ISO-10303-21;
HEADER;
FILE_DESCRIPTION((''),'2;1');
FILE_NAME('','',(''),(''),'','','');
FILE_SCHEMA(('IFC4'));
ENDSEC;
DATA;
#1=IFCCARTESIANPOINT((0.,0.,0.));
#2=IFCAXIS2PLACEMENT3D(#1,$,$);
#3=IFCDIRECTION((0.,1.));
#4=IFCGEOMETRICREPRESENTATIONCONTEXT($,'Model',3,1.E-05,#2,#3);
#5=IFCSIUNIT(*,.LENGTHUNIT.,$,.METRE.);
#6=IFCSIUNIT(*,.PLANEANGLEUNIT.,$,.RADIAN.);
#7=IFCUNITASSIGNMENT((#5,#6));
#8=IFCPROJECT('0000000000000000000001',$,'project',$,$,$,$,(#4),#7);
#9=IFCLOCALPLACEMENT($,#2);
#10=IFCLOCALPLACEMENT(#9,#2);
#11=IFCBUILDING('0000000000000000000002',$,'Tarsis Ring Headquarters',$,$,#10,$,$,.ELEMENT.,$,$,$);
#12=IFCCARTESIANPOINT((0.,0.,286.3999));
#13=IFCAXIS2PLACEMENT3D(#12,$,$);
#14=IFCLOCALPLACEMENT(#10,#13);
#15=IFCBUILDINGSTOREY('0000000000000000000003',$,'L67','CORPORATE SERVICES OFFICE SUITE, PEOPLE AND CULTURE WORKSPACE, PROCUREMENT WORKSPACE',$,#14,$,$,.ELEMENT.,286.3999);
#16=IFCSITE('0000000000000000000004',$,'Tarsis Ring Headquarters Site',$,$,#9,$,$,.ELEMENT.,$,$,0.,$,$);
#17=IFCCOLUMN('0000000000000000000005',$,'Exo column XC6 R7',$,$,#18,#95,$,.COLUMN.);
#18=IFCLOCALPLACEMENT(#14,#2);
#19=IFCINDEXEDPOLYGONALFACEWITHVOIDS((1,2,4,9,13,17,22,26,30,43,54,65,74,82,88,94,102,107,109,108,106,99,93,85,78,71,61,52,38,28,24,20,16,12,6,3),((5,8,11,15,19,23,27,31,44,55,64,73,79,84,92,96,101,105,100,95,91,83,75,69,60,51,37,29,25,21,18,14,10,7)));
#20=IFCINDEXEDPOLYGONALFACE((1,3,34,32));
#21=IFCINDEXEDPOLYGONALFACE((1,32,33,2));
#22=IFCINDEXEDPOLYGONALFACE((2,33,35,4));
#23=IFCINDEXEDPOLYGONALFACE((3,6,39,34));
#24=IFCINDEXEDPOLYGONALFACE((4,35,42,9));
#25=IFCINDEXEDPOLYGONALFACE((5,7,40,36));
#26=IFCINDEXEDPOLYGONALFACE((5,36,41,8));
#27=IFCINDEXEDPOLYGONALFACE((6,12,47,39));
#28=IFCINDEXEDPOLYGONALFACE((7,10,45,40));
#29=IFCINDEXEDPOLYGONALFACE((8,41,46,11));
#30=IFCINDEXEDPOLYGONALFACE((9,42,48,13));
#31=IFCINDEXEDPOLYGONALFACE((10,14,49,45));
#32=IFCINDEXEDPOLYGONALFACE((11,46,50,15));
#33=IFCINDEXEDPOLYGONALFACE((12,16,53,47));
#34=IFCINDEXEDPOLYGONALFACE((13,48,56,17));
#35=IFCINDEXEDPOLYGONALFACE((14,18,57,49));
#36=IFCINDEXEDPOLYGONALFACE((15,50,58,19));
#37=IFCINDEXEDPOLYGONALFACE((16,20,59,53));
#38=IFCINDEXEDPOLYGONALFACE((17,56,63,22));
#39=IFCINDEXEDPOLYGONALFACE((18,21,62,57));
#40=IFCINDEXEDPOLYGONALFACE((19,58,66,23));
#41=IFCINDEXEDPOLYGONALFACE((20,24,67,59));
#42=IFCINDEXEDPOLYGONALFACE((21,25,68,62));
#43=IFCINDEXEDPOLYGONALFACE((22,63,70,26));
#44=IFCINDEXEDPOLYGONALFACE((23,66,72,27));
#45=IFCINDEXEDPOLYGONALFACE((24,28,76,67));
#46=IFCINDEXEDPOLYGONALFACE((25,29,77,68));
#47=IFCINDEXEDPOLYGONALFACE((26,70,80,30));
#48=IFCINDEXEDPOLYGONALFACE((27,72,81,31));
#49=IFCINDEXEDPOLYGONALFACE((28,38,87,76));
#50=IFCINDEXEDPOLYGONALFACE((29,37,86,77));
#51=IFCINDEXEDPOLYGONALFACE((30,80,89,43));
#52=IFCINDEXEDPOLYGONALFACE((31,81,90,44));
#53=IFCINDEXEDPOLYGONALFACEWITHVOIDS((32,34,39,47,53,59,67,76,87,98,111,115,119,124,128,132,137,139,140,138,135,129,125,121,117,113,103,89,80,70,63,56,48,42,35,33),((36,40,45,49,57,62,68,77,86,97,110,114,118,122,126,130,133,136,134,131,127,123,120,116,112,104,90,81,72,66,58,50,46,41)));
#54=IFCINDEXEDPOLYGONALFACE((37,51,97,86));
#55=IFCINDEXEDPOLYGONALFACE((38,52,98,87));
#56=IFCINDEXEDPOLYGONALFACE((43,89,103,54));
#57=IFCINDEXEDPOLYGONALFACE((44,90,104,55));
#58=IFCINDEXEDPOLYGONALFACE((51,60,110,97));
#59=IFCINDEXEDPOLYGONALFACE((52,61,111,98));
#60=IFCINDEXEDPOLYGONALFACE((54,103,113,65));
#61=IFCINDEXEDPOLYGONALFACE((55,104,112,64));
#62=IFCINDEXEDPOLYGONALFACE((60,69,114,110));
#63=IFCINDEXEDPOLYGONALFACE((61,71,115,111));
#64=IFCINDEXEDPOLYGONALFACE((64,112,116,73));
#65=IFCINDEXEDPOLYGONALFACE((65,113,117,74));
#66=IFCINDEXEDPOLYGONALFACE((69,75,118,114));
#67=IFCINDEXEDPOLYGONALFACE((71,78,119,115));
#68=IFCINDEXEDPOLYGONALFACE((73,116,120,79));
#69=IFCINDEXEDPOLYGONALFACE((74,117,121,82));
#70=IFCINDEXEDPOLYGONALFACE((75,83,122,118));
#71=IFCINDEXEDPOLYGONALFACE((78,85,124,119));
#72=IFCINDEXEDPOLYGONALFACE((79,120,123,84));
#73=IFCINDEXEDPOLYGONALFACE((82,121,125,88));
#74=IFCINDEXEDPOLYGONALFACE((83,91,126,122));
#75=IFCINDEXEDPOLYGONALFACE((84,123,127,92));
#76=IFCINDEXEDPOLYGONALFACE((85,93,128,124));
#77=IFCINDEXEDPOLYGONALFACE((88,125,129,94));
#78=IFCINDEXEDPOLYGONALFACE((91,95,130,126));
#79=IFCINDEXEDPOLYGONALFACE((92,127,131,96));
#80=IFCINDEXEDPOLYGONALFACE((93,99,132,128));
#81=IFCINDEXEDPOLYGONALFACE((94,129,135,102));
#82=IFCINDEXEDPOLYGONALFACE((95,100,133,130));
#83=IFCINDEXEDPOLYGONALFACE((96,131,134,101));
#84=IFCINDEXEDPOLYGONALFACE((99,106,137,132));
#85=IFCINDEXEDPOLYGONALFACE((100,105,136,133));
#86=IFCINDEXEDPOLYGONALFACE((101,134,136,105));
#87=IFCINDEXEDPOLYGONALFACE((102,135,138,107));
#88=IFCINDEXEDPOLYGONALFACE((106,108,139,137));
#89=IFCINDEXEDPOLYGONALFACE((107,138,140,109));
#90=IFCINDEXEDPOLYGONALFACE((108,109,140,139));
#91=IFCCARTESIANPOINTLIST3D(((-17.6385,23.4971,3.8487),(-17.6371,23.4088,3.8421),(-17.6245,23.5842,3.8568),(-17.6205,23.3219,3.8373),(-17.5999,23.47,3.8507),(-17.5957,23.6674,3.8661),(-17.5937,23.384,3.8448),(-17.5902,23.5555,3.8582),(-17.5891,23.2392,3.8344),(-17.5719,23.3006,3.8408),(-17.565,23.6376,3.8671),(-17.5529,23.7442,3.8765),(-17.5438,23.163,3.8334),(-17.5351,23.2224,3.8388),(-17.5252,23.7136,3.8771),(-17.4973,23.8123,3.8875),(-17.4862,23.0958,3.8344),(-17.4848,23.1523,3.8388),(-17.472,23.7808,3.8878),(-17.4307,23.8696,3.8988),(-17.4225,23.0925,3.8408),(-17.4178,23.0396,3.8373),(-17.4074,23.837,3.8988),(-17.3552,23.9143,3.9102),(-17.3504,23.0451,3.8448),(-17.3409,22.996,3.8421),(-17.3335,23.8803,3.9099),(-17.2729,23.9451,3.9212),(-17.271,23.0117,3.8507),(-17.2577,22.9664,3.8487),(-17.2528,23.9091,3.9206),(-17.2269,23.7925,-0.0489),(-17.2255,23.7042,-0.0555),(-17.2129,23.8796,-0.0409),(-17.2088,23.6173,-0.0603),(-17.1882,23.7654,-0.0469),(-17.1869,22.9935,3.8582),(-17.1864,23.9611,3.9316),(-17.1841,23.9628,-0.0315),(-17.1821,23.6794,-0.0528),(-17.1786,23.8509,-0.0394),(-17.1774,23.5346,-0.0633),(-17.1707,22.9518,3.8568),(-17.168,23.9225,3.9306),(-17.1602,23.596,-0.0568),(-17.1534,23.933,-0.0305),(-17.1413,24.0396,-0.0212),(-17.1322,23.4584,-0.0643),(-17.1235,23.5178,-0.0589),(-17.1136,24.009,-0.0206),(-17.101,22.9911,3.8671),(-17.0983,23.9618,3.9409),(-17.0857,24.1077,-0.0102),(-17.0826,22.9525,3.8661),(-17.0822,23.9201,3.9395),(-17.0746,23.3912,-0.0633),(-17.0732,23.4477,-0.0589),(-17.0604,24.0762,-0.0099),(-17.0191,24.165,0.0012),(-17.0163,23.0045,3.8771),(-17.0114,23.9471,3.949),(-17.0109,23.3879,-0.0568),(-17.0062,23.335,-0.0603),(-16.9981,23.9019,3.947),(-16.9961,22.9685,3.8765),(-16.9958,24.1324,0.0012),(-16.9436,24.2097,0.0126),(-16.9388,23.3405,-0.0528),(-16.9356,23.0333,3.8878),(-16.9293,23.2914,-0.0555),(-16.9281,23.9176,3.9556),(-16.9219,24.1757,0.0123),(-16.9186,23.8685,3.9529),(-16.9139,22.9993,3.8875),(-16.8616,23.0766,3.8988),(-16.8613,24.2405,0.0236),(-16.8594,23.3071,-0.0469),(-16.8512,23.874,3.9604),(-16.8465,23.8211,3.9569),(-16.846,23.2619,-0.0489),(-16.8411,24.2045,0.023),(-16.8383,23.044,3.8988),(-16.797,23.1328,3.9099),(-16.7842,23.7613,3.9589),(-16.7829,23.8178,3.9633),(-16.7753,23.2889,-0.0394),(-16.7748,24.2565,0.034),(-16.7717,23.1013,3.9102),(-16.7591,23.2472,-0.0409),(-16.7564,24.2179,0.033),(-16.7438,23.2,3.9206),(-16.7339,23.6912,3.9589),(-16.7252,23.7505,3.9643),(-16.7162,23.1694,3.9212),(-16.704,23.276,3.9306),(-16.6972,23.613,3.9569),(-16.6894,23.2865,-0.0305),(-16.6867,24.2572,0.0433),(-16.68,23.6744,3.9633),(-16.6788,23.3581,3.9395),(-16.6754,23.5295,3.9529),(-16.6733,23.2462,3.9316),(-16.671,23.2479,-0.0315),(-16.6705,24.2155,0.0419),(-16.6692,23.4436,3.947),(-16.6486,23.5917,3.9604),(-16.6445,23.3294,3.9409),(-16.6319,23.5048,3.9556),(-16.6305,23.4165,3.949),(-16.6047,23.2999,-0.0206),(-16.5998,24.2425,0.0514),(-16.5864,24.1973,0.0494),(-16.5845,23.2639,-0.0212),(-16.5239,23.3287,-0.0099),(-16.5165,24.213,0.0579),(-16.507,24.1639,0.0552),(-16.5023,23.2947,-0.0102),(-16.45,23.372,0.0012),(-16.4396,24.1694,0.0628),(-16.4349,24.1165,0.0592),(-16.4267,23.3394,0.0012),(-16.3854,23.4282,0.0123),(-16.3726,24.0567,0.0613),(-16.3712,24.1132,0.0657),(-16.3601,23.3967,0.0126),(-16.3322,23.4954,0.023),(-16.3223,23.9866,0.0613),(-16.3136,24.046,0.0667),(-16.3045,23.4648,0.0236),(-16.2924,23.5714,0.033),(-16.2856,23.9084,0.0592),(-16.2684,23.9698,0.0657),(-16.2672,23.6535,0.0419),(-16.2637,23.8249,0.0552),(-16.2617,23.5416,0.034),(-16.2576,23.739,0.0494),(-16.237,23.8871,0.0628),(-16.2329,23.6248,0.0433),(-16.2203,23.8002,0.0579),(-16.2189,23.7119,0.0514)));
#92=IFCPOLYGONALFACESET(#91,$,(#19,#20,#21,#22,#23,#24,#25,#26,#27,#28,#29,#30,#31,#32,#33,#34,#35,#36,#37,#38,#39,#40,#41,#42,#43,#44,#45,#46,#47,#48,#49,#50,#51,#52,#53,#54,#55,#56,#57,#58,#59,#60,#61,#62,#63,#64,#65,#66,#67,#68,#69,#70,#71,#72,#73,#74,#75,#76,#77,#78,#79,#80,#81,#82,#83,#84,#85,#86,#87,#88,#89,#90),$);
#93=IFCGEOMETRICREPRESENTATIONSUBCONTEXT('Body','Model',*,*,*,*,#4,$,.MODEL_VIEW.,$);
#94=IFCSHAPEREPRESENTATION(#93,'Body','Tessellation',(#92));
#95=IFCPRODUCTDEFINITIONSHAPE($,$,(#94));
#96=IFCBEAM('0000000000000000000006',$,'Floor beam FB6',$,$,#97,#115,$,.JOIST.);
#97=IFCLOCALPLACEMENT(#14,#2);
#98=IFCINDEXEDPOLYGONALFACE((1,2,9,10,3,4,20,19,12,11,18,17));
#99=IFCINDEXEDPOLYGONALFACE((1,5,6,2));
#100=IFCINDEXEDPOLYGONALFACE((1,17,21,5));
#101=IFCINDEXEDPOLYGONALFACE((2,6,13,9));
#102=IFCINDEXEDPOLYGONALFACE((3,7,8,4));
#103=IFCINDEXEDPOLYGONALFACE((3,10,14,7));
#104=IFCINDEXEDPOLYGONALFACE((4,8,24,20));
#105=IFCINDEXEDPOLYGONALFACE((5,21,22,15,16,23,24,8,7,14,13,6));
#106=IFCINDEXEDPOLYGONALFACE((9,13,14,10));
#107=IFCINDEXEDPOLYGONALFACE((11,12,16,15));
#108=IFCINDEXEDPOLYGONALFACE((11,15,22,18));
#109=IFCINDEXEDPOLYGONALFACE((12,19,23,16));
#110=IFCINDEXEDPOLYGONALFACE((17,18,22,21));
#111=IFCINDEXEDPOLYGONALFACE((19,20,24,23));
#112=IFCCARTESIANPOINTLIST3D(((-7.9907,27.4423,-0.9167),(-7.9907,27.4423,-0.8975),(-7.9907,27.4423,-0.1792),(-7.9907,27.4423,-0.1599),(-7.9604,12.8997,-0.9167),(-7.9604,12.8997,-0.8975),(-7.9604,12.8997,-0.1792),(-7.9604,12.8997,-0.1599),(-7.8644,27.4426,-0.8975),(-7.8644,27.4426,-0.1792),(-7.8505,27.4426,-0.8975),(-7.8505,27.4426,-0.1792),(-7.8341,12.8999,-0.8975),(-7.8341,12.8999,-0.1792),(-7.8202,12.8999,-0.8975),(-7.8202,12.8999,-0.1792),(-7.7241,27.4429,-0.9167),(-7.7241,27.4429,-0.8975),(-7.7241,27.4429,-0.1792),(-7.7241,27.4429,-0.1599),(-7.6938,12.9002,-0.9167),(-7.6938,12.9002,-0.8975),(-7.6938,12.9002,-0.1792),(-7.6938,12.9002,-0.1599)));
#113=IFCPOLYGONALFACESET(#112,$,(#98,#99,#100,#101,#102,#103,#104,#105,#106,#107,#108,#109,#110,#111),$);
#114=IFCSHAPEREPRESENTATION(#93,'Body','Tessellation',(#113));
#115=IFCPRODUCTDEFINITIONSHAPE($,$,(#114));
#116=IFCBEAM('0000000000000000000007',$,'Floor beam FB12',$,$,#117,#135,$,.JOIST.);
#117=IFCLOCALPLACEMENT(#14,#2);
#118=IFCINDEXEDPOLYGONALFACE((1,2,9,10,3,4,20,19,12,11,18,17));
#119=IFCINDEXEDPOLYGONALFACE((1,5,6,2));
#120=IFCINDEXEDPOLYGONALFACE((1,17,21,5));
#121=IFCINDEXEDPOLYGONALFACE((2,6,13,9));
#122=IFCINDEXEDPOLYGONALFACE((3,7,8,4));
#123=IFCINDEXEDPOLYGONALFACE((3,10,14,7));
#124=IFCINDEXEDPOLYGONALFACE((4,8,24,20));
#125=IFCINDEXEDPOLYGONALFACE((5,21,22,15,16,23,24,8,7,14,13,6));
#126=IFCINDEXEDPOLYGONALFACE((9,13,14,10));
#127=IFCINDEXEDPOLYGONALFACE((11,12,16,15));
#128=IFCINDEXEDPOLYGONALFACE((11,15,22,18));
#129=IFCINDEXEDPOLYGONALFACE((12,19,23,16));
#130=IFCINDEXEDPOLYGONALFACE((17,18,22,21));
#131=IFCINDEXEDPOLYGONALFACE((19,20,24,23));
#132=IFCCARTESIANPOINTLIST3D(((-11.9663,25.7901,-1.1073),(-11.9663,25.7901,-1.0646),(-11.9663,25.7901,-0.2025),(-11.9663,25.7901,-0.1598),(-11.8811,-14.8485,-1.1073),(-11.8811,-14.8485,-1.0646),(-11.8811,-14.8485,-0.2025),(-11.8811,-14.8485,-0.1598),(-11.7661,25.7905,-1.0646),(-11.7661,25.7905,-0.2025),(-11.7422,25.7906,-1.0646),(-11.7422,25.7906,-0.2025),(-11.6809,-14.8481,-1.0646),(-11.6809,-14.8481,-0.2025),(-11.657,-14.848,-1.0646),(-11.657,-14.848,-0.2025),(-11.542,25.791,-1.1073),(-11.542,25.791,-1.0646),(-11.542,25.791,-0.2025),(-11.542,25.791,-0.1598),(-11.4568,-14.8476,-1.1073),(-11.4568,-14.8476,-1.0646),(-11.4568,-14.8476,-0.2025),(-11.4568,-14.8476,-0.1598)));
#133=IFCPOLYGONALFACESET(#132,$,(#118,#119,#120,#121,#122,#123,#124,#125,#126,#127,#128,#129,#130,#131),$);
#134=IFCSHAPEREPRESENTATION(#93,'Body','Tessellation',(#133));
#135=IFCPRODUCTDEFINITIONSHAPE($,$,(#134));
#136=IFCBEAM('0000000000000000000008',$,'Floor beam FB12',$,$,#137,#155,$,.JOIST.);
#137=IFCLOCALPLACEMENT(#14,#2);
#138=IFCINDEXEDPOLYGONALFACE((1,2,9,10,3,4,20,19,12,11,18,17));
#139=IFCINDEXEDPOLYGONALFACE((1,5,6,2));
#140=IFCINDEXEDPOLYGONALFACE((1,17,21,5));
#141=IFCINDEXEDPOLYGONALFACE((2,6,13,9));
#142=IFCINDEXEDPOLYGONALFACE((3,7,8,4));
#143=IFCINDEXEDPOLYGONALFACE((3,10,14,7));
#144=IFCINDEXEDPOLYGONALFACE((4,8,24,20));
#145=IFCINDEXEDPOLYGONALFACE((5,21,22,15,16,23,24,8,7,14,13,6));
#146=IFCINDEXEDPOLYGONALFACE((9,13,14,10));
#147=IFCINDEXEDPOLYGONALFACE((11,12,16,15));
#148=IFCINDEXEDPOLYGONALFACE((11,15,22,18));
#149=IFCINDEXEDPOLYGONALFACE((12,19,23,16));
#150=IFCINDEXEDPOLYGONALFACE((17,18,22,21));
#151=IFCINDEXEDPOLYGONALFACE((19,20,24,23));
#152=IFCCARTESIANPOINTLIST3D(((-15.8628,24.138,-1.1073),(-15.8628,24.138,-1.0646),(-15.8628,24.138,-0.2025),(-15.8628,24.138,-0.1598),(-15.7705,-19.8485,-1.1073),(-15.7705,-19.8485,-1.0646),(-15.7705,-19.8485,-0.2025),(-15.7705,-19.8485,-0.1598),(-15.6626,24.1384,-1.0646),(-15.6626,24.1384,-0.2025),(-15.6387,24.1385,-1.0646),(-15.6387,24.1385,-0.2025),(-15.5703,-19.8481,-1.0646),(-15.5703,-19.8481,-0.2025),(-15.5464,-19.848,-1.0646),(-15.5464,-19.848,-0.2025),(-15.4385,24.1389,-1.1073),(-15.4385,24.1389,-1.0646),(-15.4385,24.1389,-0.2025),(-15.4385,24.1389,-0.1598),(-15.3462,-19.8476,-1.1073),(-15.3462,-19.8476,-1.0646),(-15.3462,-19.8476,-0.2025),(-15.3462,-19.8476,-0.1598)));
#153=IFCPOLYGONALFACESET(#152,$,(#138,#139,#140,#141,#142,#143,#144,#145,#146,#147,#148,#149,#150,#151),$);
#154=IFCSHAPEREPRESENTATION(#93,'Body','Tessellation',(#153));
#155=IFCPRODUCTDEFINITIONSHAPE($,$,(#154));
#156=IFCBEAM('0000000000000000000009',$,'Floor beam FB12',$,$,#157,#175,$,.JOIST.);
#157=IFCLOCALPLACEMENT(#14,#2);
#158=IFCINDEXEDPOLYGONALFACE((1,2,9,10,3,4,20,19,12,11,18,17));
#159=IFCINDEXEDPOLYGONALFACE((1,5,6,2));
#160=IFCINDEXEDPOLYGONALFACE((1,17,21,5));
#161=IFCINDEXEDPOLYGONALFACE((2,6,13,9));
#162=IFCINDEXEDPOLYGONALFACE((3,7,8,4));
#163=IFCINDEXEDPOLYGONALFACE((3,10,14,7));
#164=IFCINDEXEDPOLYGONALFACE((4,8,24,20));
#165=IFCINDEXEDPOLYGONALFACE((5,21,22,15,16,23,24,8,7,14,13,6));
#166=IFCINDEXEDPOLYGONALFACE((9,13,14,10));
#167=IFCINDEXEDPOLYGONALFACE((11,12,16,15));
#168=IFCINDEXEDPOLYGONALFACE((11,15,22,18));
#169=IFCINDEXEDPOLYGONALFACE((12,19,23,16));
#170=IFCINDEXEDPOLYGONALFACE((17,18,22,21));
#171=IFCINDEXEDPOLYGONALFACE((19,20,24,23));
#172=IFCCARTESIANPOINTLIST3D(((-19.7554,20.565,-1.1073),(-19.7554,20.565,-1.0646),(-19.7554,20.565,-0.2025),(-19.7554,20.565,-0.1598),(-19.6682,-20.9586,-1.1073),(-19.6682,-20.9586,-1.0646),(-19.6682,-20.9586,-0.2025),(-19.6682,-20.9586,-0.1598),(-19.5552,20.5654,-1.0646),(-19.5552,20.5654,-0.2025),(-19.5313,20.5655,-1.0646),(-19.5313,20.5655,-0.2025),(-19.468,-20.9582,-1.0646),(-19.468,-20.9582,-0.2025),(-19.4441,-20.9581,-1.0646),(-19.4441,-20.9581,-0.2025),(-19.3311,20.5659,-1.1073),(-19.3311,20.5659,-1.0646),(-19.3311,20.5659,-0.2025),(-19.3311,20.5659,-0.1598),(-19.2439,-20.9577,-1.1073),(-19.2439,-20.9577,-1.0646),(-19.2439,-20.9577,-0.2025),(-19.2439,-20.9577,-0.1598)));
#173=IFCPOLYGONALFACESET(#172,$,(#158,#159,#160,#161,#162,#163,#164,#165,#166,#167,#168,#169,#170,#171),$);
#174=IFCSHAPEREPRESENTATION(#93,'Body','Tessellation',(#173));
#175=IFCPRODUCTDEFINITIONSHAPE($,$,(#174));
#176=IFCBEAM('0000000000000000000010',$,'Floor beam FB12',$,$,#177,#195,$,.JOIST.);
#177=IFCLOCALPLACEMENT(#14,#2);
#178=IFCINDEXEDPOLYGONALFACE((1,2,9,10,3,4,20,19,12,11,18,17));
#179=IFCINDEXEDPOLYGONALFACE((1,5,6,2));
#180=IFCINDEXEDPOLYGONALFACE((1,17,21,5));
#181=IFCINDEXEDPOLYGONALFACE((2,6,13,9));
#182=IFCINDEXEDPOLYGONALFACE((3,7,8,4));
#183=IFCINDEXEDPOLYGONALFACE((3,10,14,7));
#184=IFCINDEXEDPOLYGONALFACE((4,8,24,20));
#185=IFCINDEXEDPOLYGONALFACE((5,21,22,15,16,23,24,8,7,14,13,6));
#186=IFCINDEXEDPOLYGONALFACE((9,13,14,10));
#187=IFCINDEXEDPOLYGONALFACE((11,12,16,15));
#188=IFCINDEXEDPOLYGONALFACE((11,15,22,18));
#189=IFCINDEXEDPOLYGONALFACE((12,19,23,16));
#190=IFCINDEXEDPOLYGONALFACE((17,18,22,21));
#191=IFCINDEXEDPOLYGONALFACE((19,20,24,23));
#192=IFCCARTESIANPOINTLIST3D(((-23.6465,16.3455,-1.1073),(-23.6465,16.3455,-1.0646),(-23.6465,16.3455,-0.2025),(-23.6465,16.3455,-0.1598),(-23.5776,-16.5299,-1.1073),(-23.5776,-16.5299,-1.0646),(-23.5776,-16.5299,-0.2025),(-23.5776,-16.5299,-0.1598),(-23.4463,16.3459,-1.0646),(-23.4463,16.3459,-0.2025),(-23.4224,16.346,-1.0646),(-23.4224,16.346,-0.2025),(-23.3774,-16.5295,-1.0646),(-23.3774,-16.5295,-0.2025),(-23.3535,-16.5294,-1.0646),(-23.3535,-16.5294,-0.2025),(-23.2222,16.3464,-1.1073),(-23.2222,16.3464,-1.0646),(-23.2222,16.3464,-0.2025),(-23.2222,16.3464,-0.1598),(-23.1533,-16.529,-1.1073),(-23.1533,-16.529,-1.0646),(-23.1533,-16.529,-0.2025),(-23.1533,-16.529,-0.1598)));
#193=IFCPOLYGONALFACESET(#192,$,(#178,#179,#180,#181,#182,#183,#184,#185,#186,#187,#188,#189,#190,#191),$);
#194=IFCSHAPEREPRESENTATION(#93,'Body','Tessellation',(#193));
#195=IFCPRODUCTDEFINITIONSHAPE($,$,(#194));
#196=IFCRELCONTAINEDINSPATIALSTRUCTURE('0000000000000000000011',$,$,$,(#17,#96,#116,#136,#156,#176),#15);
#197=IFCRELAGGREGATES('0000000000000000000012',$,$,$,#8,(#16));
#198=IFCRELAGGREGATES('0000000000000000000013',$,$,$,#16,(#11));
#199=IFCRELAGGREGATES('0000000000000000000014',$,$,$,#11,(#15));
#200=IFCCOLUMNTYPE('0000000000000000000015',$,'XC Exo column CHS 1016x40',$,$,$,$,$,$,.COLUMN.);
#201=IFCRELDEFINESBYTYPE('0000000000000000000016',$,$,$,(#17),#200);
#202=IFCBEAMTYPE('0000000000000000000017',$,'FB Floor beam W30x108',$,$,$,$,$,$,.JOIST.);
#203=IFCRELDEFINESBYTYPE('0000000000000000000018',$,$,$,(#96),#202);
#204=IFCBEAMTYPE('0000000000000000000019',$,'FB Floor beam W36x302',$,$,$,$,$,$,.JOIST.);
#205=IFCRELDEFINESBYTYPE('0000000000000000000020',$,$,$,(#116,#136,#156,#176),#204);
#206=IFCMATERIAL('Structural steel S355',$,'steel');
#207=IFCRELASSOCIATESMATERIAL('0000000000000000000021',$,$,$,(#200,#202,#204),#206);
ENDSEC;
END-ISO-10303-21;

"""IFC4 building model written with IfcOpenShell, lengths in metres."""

from ifc_helpers import new_model, si_unit, direction, frame, origin, origin_2d, place, context, subcontext, project, spatial, hollow_circle, i_section, extrude, material, material_profile, profile_set, type_object, element, save


model = new_model("IFC4")

# Units and contexts
model_context = context("Model", 3, precision=1e-05, world=origin(), true_north=direction((0.0, 1.0)))
body_context = subcontext(model_context, "Body", "Model", "MODEL_VIEW")
ifc_project = project(units=[si_unit("LENGTHUNIT", "METRE"), si_unit("PLANEANGLEUNIT", "RADIAN")], contexts=[model_context])

# Site, building, storey
site_placement = place(None, origin())
site = spatial("IfcSite", under=ifc_project, at=site_placement, Name="Tarsis Ring Headquarters Site", CompositionType="ELEMENT", RefElevation=0.0)
building_placement = place(site_placement, origin())
building = spatial("IfcBuilding", under=site, at=building_placement, Name="Tarsis Ring Headquarters", CompositionType="ELEMENT")
storey_placement = place(building_placement, frame((0.0, 0.0, 286.3999)))
storey = spatial("IfcBuildingStorey", under=building, at=storey_placement, Name="L67", Description="CORPORATE SERVICES OFFICE SUITE, PEOPLE AND CULTURE WORKSPACE, PROCUREMENT WORKSPACE", CompositionType="ELEMENT", Elevation=286.3999)

# Column
ifc_material_1 = material(Name="Structural steel S355", Category="steel")
ifc_material_profile_1 = material_profile(ifc_material_1, hollow_circle(Radius=0.5081, WallThickness=0.04, at=origin_2d()), Name="CHS 1016x40")
ifc_profile_set_1 = profile_set([ifc_material_profile_1], Name="Structural steel S355")
column_type = type_object("IfcColumnType", Name="XC Exo column CHS 1016x40", PredefinedType="COLUMN", material=ifc_profile_set_1)
column_placement = place(storey_placement, frame((-16.7229, 23.7522, 0.0012), z_axis=(-0.104725, -0.075158, 0.991657), x_axis=(0.58306, -0.812429, 0.0)))
element("IfcColumn", 1, at=column_placement, inside=storey, type_object=column_type, Name="Exo column XC6 R7", PredefinedType="COLUMN", context=body_context, shape_type="SweptSolid", body=[
    extrude(hollow_circle(Radius=0.5081, WallThickness=0.04, at=origin_2d()), origin(), (0.0, 0.0, 1.0), 3.9304),
])

# Beams
ifc_material_profile_2 = material_profile(ifc_material_1, i_section(OverallWidth=0.2666, OverallDepth=0.7568, WebThickness=0.0139, FlangeThickness=0.0193, at=origin_2d()), Name="W30x108")
ifc_profile_set_2 = profile_set([ifc_material_profile_2], Name="Structural steel S355")
beam_type_1 = type_object("IfcBeamType", Name="FB Floor beam W30x108", PredefinedType="JOIST", material=ifc_profile_set_2)
beam_1_placement = place(storey_placement, frame((-7.8574, 27.4426, -0.5383), z_axis=(0.002082, -0.999998, 0.0), x_axis=(0.999998, 0.002082, 0.0)))
element("IfcBeam", 2, at=beam_1_placement, inside=storey, type_object=beam_type_1, Name="Floor beam FB6", PredefinedType="JOIST", context=body_context, shape_type="SweptSolid", body=[
    extrude(i_section(OverallWidth=0.2666, OverallDepth=0.7568, WebThickness=0.0139, FlangeThickness=0.0193, at=origin_2d()), origin(), (0.0, 0.0, 1.0), 14.5427),
])
ifc_material_profile_3 = material_profile(ifc_material_1, i_section(OverallWidth=0.4243, OverallDepth=0.9475, WebThickness=0.0239, FlangeThickness=0.0427, at=origin_2d()), Name="W36x302")
ifc_profile_set_3 = profile_set([ifc_material_profile_3], Name="Structural steel S355")
beam_type_2 = type_object("IfcBeamType", Name="FB Floor beam W36x302", PredefinedType="JOIST", material=ifc_profile_set_3)
beam_2_placement = place(storey_placement, frame((-11.7542, 25.7905, -0.6335), z_axis=(0.002097, -0.999998, 0.0), x_axis=(0.999998, 0.002097, 0.0)))
element("IfcBeam", 3, at=beam_2_placement, inside=storey, type_object=beam_type_2, Name="Floor beam FB12", PredefinedType="JOIST", context=body_context, shape_type="SweptSolid", body=[
    extrude(i_section(OverallWidth=0.4243, OverallDepth=0.9475, WebThickness=0.0239, FlangeThickness=0.0427, at=origin_2d()), origin(), (0.0, 0.0, 1.0), 40.6387),
])
beam_3_placement = place(storey_placement, frame((-15.6506, 24.1384, -0.6335), z_axis=(0.002098, -0.999998, 0.0), x_axis=(0.999998, 0.002098, 0.0)))
element("IfcBeam", 4, at=beam_3_placement, inside=storey, type_object=beam_type_2, Name="Floor beam FB12", PredefinedType="JOIST", context=body_context, shape_type="SweptSolid", body=[
    extrude(i_section(OverallWidth=0.4243, OverallDepth=0.9475, WebThickness=0.0239, FlangeThickness=0.0427, at=origin_2d()), origin(), (0.0, 0.0, 1.0), 43.9866),
])
beam_4_placement = place(storey_placement, frame((-19.5432, 20.5654, -0.6335), z_axis=(0.002099, -0.999998, 0.0), x_axis=(0.999998, 0.002099, 0.0)))
element("IfcBeam", 5, at=beam_4_placement, inside=storey, type_object=beam_type_2, Name="Floor beam FB12", PredefinedType="JOIST", context=body_context, shape_type="SweptSolid", body=[
    extrude(i_section(OverallWidth=0.4243, OverallDepth=0.9475, WebThickness=0.0239, FlangeThickness=0.0427, at=origin_2d()), origin(), (0.0, 0.0, 1.0), 41.5237),
])
beam_5_placement = place(storey_placement, frame((-23.4343, 16.3459, -0.6335), z_axis=(0.002094, -0.999998, 0.0), x_axis=(0.999998, 0.002094, 0.0)))
element("IfcBeam", 6, at=beam_5_placement, inside=storey, type_object=beam_type_2, Name="Floor beam FB12", PredefinedType="JOIST", context=body_context, shape_type="SweptSolid", body=[
    extrude(i_section(OverallWidth=0.4243, OverallDepth=0.9475, WebThickness=0.0239, FlangeThickness=0.0427, at=origin_2d()), origin(), (0.0, 0.0, 1.0), 32.8755),
])

save(model, "model.ifc")
